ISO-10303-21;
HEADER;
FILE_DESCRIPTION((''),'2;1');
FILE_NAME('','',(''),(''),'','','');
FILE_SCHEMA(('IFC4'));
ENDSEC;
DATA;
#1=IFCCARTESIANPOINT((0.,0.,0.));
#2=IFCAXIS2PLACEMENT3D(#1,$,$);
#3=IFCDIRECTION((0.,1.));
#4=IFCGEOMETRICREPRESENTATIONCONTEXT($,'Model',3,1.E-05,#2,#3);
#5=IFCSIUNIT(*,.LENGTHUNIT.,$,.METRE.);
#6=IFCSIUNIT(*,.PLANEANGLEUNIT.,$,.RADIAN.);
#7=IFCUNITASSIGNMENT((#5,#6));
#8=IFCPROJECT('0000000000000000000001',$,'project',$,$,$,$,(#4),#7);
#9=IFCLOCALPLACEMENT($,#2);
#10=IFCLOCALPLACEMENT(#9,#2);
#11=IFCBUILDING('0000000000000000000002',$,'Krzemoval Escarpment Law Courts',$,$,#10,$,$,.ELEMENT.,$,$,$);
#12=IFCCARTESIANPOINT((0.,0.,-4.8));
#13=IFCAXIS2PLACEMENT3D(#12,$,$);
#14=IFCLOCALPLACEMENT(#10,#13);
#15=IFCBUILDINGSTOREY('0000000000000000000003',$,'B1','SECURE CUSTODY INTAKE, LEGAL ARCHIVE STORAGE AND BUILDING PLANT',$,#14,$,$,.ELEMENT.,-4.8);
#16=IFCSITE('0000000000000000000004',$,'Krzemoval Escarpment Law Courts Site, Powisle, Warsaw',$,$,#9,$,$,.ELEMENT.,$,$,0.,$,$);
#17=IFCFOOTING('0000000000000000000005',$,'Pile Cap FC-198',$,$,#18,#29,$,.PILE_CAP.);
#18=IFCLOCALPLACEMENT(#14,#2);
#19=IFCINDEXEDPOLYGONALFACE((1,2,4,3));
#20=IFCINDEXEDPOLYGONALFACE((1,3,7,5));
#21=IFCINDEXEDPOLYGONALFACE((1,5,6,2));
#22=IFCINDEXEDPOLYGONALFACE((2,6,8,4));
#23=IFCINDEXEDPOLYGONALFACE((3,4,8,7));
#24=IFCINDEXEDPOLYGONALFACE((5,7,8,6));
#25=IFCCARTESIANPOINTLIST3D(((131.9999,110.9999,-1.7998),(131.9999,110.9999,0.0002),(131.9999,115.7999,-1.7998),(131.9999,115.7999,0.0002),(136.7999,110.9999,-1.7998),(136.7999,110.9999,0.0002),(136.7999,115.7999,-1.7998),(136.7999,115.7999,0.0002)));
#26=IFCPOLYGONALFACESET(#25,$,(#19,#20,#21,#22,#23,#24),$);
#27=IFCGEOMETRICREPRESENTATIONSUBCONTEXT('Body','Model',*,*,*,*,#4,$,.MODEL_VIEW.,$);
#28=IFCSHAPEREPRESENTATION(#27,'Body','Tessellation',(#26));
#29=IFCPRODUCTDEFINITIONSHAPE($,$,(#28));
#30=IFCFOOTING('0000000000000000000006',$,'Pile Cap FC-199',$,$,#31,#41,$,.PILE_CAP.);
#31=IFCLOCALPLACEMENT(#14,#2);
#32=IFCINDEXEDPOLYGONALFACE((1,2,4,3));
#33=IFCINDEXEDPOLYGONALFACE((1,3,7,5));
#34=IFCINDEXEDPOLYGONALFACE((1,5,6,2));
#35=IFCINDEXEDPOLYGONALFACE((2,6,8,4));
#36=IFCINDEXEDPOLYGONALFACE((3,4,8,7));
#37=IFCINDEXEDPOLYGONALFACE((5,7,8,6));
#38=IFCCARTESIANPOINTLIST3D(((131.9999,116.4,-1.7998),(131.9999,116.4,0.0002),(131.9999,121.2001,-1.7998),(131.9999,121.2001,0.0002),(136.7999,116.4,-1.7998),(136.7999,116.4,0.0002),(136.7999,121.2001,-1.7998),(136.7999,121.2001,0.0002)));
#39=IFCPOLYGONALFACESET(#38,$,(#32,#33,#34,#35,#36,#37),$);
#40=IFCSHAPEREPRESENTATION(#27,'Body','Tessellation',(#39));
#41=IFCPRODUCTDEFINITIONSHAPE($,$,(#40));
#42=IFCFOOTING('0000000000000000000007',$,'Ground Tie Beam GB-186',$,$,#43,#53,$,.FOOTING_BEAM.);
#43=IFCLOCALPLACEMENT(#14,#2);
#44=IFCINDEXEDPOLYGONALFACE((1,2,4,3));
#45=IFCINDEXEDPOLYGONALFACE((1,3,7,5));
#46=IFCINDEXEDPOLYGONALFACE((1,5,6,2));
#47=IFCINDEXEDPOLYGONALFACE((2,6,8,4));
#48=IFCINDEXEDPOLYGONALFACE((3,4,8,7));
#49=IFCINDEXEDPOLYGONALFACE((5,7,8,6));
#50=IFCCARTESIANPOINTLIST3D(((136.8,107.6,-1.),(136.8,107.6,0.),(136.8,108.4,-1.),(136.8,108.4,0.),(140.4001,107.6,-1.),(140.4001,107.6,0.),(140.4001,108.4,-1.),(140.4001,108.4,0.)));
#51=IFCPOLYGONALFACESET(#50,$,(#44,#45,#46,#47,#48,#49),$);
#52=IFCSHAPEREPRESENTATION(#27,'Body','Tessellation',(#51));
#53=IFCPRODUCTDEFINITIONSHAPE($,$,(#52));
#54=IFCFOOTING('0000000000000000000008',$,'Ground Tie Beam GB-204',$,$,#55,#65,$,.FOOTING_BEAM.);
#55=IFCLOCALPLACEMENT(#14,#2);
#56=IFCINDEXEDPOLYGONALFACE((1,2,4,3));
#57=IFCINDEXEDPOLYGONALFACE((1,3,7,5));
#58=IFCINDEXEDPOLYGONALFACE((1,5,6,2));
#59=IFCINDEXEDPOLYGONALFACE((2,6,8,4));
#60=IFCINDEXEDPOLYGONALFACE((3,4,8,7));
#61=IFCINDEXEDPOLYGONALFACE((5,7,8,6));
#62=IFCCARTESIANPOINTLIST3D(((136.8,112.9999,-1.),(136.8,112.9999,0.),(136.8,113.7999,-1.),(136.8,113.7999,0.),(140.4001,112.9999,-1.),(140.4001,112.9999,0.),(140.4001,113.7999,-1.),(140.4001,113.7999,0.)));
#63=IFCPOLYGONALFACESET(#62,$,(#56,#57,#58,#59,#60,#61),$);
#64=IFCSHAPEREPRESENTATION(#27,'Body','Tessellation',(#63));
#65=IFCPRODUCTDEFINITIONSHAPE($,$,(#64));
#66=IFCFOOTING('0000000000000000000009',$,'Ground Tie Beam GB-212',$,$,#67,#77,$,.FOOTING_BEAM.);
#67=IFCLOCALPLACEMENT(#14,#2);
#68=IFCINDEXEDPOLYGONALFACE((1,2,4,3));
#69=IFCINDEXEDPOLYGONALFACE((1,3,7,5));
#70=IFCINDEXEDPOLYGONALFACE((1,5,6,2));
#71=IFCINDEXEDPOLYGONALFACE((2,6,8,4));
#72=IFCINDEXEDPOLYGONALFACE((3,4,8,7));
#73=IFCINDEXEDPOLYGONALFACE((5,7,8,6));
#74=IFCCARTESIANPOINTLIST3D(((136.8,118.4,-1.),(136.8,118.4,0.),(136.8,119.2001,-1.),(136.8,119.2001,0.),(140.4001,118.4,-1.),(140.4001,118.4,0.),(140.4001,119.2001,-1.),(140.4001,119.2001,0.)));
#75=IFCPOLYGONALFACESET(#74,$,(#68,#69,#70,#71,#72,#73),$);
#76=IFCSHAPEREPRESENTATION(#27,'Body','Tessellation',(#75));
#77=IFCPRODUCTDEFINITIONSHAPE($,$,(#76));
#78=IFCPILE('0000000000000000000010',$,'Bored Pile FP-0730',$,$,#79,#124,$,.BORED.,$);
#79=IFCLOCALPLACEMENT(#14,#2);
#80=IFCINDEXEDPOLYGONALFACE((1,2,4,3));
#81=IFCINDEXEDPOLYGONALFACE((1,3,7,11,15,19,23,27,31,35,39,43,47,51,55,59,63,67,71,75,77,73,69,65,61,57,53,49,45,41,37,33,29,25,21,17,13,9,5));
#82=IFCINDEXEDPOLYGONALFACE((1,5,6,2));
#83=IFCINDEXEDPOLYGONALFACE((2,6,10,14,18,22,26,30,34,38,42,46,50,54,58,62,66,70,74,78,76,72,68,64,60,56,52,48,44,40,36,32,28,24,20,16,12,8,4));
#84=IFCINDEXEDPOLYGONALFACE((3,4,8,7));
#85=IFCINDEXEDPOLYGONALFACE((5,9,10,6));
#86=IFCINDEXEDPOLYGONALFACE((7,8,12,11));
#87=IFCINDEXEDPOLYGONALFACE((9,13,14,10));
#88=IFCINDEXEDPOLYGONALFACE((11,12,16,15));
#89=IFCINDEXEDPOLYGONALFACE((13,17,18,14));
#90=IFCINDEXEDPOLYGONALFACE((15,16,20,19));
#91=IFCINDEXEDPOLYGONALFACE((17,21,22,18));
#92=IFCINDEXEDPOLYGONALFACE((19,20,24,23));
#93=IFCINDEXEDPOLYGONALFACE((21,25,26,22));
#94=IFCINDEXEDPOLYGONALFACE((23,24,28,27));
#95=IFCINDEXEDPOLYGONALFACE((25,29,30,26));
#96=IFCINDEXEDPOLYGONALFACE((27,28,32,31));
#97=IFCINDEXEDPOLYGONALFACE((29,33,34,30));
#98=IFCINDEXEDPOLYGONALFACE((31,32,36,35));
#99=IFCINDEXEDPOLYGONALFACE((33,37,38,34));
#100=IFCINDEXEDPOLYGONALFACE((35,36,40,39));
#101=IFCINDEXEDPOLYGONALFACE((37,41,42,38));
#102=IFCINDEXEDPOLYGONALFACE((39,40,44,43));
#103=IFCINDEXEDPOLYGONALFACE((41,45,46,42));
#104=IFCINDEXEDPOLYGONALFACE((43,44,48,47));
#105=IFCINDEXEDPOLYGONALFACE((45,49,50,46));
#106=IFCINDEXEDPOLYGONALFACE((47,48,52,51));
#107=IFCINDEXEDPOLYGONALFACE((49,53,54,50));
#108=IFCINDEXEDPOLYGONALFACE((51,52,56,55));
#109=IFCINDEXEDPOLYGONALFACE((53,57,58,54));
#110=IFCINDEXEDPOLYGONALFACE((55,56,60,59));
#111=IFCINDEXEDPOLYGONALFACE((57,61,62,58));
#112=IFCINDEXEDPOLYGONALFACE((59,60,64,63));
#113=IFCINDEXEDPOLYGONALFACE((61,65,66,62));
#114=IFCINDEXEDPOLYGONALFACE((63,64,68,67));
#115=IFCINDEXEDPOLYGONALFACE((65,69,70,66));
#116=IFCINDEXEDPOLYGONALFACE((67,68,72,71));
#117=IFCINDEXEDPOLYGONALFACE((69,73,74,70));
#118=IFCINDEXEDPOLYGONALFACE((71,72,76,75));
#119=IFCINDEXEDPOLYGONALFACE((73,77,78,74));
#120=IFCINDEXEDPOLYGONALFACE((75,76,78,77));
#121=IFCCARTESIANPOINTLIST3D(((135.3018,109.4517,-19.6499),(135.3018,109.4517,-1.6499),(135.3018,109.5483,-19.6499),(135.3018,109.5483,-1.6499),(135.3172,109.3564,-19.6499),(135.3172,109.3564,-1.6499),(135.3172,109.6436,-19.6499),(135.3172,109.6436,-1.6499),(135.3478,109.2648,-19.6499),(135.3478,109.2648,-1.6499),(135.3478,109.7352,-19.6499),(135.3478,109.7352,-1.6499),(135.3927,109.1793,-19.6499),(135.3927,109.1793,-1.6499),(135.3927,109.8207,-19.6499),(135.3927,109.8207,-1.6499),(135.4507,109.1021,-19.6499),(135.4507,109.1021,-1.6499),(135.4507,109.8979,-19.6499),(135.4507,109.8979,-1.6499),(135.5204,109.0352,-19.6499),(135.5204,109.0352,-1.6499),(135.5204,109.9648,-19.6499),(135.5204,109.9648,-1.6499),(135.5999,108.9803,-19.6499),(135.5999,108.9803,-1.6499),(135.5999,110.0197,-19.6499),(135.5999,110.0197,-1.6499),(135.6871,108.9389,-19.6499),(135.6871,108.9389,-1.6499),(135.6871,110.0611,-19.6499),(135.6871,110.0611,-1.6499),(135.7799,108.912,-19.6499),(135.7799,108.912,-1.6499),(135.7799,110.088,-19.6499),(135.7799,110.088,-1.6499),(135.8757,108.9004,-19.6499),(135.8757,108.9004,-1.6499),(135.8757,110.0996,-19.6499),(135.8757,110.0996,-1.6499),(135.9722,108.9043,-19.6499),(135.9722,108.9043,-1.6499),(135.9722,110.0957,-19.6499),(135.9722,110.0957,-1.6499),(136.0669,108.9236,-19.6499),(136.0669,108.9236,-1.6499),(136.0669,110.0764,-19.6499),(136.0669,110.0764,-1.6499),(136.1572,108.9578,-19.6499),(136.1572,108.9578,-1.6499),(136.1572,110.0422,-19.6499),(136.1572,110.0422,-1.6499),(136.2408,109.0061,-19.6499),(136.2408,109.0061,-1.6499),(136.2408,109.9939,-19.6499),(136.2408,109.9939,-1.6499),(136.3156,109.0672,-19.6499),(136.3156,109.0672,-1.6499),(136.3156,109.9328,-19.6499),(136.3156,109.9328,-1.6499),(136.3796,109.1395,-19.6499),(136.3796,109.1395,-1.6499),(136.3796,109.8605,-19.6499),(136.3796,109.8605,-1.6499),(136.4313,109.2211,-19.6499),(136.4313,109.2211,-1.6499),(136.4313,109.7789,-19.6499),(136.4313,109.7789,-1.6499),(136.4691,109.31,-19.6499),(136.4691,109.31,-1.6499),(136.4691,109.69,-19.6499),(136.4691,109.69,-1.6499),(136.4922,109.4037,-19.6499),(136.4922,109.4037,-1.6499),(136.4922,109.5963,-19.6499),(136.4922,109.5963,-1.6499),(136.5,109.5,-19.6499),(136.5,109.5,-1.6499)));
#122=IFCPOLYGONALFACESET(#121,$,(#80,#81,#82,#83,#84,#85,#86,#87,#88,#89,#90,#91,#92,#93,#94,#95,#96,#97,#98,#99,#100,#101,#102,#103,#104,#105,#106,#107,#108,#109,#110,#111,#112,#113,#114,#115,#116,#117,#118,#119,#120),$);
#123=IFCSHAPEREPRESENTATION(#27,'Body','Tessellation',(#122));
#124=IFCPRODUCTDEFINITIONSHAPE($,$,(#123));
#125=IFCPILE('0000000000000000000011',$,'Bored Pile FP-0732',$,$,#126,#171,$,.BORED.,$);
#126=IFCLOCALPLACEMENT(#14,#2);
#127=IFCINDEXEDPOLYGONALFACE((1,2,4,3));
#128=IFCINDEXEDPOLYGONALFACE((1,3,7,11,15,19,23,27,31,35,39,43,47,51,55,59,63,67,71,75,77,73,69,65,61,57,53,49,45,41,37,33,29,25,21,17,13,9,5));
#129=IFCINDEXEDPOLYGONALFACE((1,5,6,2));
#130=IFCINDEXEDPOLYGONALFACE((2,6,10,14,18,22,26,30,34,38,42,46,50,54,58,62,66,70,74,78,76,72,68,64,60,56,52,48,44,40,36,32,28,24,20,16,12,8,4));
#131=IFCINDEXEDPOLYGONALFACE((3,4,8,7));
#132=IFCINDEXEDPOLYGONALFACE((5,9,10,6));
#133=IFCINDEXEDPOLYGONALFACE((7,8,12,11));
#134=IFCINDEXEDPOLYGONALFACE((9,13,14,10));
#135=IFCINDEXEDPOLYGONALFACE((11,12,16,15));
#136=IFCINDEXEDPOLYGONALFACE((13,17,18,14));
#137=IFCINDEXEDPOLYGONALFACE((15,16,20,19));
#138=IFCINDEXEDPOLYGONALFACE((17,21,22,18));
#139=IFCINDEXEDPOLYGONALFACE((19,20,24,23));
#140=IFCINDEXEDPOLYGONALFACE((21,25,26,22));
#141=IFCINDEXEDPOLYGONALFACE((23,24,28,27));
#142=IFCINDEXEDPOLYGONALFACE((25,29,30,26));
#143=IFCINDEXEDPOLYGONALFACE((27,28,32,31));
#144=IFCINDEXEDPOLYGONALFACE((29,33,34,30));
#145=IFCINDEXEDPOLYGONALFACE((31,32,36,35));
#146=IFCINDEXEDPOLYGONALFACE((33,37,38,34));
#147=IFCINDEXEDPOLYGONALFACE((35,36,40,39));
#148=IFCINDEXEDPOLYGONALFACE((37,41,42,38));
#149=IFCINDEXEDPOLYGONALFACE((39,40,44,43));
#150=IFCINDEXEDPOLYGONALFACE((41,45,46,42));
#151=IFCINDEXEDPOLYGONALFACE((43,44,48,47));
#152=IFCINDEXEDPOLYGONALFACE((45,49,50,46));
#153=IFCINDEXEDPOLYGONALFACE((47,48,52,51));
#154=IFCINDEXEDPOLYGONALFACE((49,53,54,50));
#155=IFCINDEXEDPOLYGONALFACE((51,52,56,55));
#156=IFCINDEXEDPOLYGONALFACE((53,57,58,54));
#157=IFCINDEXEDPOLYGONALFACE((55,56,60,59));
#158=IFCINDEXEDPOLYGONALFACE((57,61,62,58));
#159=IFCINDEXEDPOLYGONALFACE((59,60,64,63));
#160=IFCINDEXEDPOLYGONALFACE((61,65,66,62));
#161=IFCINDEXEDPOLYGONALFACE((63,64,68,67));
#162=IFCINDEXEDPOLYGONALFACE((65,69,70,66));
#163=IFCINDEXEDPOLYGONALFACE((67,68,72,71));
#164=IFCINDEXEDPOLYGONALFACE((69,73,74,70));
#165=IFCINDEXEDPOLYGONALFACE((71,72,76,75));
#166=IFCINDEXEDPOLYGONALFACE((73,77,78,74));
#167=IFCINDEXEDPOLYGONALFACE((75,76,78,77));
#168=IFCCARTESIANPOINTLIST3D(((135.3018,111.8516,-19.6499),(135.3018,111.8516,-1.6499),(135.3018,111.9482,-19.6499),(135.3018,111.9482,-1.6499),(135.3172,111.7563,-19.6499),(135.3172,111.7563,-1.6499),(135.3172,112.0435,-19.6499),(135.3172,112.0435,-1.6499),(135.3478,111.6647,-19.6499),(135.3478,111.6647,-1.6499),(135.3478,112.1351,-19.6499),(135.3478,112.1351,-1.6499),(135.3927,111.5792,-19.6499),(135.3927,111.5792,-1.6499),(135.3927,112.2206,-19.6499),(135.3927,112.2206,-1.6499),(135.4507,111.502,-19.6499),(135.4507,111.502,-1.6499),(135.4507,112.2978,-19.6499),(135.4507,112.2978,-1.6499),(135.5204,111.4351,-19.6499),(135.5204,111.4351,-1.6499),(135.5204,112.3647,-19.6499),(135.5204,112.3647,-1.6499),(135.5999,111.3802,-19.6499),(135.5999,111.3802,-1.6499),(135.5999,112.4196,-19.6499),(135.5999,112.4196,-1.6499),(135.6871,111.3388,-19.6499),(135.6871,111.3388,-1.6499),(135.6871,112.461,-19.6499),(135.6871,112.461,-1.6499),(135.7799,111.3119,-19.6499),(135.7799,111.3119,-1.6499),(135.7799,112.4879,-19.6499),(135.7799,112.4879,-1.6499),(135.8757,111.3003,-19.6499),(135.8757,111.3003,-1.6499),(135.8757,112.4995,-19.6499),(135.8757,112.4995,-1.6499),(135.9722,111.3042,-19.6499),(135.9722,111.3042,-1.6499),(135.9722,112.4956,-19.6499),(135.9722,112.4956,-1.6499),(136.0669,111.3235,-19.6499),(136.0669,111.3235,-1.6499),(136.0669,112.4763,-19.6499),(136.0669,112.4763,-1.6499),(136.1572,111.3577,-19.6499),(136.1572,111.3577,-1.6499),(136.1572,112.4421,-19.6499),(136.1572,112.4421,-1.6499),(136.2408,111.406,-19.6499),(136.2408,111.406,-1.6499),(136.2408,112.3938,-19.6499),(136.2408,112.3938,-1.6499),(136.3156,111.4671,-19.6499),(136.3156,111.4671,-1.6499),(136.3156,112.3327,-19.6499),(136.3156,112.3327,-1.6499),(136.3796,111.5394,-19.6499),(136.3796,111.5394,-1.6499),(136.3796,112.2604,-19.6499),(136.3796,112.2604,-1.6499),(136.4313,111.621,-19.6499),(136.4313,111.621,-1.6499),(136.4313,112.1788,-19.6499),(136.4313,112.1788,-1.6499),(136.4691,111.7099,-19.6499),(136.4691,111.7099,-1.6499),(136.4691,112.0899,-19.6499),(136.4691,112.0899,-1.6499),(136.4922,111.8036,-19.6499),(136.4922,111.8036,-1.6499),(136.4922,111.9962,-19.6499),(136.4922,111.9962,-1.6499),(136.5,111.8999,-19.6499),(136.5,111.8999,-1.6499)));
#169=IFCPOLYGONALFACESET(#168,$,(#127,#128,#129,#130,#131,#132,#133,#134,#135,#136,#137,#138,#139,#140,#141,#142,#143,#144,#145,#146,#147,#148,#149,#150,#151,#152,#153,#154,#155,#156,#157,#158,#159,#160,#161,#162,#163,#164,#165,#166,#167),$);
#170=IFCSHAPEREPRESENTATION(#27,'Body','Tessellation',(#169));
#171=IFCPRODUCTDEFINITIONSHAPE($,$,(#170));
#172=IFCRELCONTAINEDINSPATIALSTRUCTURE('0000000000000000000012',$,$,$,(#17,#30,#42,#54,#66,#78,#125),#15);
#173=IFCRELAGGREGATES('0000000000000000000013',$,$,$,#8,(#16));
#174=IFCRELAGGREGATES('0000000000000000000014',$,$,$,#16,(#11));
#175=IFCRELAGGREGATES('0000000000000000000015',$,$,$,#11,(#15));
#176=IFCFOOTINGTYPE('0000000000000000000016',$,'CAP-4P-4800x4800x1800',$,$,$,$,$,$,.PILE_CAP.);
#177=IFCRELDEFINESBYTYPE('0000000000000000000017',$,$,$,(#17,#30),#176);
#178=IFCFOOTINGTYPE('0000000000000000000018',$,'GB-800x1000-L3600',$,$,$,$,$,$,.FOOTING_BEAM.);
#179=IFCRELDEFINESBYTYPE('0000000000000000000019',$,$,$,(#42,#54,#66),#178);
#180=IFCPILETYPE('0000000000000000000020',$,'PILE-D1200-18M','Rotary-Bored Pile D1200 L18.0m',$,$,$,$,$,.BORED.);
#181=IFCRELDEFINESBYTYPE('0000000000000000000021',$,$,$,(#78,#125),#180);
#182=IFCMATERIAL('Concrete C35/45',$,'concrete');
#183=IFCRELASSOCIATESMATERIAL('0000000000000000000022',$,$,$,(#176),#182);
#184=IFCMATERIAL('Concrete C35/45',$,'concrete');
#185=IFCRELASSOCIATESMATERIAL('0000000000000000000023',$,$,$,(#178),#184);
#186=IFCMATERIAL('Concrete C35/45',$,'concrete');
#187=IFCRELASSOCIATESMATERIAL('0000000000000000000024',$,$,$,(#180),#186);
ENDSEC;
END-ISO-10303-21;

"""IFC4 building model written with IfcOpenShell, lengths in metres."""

from ifc_helpers import new_model, si_unit, direction, frame, origin, origin_2d, place, context, subcontext, project, spatial, rectangle, circle, extrude, material, material_profile, profile_set, type_object, element, save


model = new_model("IFC4")

# Units and contexts
model_context = context("Model", 3, precision=1e-05, world=origin(), true_north=direction((0.0, 1.0)))
body_context = subcontext(model_context, "Body", "Model", "MODEL_VIEW")
ifc_project = project(units=[si_unit("LENGTHUNIT", "METRE"), si_unit("PLANEANGLEUNIT", "RADIAN")], contexts=[model_context])

# Site, building, storey
site_placement = place(None, origin())
site = spatial("IfcSite", under=ifc_project, at=site_placement, Name="Krzemoval Escarpment Law Courts Site, Powisle, Warsaw", CompositionType="ELEMENT", RefElevation=0.0)
building_placement = place(site_placement, origin())
building = spatial("IfcBuilding", under=site, at=building_placement, Name="Krzemoval Escarpment Law Courts", CompositionType="ELEMENT")
storey_placement = place(building_placement, frame((0.0, 0.0, -4.8)))
storey = spatial("IfcBuildingStorey", under=building, at=storey_placement, Name="B1", Description="SECURE CUSTODY INTAKE, LEGAL ARCHIVE STORAGE AND BUILDING PLANT", CompositionType="ELEMENT", Elevation=-4.8)

# Footings
ifc_material_1 = material(Name="Concrete C35/45", Category="concrete")
footing_type_1 = type_object("IfcFootingType", Name="CAP-4P-4800x4800x1800", PredefinedType="PILE_CAP", material=ifc_material_1)
for number, where, z_axis, x_axis, name in (
    (1, (134.3999, 113.3999, -1.7998), (0.0, 0.0, 1.0), (1.0, 0.0, 0.0), "Pile Cap FC-198"),
    (2, (134.3999, 118.8, -1.7998), (0.0, 0.0, 1.0), (1.0, 0.0, 0.0), "Pile Cap FC-199"),
):
    element("IfcFooting", number, at=place(storey_placement, frame(where, z_axis=z_axis, x_axis=x_axis)), inside=storey, type_object=footing_type_1, Name=name, PredefinedType="PILE_CAP", context=body_context, shape_type="SweptSolid", body=[
        extrude(rectangle(XDim=4.8, YDim=4.8, at=origin_2d()), origin(), (0.0, 0.0, 1.0), 1.8),
    ])
ifc_material_2 = material(Name="Concrete C35/45", Category="concrete")
footing_type_2 = type_object("IfcFootingType", Name="GB-800x1000-L3600", PredefinedType="FOOTING_BEAM", material=ifc_material_2)
for number, where, z_axis, x_axis, name in (
    (3, (138.6001, 108.0, -1.0), (0.0, 0.0, 1.0), (1.0, 0.0, 0.0), "Ground Tie Beam GB-186"),
    (4, (138.6001, 113.3999, -1.0), (0.0, 0.0, 1.0), (1.0, 0.0, 0.0), "Ground Tie Beam GB-204"),
    (5, (138.6001, 118.8, -1.0), (0.0, 0.0, 1.0), (1.0, 0.0, 0.0), "Ground Tie Beam GB-212"),
):
    element("IfcFooting", number, at=place(storey_placement, frame(where, z_axis=z_axis, x_axis=x_axis)), inside=storey, type_object=footing_type_2, Name=name, PredefinedType="FOOTING_BEAM", context=body_context, shape_type="SweptSolid", body=[
        extrude(rectangle(XDim=3.6001, YDim=0.8, at=origin_2d()), origin(), (0.0, 0.0, 1.0), 1.0),
    ])

# Piles
ifc_material_3 = material(Name="Concrete C35/45", Category="concrete")
ifc_material_profile_1 = material_profile(ifc_material_3, circle(Radius=0.6001, at=origin_2d()), Name="PILE D1200")
ifc_profile_set_1 = profile_set([ifc_material_profile_1], Name="Concrete C35/45")
pile_type = type_object("IfcPileType", Name="PILE-D1200-18M", Description="Rotary-Bored Pile D1200 L18.0m", PredefinedType="BORED", material=ifc_profile_set_1)
for number, where, z_axis, x_axis, name in (
    (6, (135.8999, 109.5, -1.6499), (0.0, 0.0, -1.0), (1.0, 0.0, 0.0), "Bored Pile FP-0730"),
    (7, (135.8999, 111.8999, -1.6499), (0.0, 0.0, -1.0), (1.0, 0.0, 0.0), "Bored Pile FP-0732"),
):
    element("IfcPile", number, at=place(storey_placement, frame(where, z_axis=z_axis, x_axis=x_axis)), inside=storey, type_object=pile_type, Name=name, PredefinedType="BORED", context=body_context, shape_type="SweptSolid", body=[
        extrude(circle(Radius=0.6001, at=origin_2d()), origin(), (0.0, 0.0, 1.0), 18.0),
    ])

save(model, "model.ifc")
